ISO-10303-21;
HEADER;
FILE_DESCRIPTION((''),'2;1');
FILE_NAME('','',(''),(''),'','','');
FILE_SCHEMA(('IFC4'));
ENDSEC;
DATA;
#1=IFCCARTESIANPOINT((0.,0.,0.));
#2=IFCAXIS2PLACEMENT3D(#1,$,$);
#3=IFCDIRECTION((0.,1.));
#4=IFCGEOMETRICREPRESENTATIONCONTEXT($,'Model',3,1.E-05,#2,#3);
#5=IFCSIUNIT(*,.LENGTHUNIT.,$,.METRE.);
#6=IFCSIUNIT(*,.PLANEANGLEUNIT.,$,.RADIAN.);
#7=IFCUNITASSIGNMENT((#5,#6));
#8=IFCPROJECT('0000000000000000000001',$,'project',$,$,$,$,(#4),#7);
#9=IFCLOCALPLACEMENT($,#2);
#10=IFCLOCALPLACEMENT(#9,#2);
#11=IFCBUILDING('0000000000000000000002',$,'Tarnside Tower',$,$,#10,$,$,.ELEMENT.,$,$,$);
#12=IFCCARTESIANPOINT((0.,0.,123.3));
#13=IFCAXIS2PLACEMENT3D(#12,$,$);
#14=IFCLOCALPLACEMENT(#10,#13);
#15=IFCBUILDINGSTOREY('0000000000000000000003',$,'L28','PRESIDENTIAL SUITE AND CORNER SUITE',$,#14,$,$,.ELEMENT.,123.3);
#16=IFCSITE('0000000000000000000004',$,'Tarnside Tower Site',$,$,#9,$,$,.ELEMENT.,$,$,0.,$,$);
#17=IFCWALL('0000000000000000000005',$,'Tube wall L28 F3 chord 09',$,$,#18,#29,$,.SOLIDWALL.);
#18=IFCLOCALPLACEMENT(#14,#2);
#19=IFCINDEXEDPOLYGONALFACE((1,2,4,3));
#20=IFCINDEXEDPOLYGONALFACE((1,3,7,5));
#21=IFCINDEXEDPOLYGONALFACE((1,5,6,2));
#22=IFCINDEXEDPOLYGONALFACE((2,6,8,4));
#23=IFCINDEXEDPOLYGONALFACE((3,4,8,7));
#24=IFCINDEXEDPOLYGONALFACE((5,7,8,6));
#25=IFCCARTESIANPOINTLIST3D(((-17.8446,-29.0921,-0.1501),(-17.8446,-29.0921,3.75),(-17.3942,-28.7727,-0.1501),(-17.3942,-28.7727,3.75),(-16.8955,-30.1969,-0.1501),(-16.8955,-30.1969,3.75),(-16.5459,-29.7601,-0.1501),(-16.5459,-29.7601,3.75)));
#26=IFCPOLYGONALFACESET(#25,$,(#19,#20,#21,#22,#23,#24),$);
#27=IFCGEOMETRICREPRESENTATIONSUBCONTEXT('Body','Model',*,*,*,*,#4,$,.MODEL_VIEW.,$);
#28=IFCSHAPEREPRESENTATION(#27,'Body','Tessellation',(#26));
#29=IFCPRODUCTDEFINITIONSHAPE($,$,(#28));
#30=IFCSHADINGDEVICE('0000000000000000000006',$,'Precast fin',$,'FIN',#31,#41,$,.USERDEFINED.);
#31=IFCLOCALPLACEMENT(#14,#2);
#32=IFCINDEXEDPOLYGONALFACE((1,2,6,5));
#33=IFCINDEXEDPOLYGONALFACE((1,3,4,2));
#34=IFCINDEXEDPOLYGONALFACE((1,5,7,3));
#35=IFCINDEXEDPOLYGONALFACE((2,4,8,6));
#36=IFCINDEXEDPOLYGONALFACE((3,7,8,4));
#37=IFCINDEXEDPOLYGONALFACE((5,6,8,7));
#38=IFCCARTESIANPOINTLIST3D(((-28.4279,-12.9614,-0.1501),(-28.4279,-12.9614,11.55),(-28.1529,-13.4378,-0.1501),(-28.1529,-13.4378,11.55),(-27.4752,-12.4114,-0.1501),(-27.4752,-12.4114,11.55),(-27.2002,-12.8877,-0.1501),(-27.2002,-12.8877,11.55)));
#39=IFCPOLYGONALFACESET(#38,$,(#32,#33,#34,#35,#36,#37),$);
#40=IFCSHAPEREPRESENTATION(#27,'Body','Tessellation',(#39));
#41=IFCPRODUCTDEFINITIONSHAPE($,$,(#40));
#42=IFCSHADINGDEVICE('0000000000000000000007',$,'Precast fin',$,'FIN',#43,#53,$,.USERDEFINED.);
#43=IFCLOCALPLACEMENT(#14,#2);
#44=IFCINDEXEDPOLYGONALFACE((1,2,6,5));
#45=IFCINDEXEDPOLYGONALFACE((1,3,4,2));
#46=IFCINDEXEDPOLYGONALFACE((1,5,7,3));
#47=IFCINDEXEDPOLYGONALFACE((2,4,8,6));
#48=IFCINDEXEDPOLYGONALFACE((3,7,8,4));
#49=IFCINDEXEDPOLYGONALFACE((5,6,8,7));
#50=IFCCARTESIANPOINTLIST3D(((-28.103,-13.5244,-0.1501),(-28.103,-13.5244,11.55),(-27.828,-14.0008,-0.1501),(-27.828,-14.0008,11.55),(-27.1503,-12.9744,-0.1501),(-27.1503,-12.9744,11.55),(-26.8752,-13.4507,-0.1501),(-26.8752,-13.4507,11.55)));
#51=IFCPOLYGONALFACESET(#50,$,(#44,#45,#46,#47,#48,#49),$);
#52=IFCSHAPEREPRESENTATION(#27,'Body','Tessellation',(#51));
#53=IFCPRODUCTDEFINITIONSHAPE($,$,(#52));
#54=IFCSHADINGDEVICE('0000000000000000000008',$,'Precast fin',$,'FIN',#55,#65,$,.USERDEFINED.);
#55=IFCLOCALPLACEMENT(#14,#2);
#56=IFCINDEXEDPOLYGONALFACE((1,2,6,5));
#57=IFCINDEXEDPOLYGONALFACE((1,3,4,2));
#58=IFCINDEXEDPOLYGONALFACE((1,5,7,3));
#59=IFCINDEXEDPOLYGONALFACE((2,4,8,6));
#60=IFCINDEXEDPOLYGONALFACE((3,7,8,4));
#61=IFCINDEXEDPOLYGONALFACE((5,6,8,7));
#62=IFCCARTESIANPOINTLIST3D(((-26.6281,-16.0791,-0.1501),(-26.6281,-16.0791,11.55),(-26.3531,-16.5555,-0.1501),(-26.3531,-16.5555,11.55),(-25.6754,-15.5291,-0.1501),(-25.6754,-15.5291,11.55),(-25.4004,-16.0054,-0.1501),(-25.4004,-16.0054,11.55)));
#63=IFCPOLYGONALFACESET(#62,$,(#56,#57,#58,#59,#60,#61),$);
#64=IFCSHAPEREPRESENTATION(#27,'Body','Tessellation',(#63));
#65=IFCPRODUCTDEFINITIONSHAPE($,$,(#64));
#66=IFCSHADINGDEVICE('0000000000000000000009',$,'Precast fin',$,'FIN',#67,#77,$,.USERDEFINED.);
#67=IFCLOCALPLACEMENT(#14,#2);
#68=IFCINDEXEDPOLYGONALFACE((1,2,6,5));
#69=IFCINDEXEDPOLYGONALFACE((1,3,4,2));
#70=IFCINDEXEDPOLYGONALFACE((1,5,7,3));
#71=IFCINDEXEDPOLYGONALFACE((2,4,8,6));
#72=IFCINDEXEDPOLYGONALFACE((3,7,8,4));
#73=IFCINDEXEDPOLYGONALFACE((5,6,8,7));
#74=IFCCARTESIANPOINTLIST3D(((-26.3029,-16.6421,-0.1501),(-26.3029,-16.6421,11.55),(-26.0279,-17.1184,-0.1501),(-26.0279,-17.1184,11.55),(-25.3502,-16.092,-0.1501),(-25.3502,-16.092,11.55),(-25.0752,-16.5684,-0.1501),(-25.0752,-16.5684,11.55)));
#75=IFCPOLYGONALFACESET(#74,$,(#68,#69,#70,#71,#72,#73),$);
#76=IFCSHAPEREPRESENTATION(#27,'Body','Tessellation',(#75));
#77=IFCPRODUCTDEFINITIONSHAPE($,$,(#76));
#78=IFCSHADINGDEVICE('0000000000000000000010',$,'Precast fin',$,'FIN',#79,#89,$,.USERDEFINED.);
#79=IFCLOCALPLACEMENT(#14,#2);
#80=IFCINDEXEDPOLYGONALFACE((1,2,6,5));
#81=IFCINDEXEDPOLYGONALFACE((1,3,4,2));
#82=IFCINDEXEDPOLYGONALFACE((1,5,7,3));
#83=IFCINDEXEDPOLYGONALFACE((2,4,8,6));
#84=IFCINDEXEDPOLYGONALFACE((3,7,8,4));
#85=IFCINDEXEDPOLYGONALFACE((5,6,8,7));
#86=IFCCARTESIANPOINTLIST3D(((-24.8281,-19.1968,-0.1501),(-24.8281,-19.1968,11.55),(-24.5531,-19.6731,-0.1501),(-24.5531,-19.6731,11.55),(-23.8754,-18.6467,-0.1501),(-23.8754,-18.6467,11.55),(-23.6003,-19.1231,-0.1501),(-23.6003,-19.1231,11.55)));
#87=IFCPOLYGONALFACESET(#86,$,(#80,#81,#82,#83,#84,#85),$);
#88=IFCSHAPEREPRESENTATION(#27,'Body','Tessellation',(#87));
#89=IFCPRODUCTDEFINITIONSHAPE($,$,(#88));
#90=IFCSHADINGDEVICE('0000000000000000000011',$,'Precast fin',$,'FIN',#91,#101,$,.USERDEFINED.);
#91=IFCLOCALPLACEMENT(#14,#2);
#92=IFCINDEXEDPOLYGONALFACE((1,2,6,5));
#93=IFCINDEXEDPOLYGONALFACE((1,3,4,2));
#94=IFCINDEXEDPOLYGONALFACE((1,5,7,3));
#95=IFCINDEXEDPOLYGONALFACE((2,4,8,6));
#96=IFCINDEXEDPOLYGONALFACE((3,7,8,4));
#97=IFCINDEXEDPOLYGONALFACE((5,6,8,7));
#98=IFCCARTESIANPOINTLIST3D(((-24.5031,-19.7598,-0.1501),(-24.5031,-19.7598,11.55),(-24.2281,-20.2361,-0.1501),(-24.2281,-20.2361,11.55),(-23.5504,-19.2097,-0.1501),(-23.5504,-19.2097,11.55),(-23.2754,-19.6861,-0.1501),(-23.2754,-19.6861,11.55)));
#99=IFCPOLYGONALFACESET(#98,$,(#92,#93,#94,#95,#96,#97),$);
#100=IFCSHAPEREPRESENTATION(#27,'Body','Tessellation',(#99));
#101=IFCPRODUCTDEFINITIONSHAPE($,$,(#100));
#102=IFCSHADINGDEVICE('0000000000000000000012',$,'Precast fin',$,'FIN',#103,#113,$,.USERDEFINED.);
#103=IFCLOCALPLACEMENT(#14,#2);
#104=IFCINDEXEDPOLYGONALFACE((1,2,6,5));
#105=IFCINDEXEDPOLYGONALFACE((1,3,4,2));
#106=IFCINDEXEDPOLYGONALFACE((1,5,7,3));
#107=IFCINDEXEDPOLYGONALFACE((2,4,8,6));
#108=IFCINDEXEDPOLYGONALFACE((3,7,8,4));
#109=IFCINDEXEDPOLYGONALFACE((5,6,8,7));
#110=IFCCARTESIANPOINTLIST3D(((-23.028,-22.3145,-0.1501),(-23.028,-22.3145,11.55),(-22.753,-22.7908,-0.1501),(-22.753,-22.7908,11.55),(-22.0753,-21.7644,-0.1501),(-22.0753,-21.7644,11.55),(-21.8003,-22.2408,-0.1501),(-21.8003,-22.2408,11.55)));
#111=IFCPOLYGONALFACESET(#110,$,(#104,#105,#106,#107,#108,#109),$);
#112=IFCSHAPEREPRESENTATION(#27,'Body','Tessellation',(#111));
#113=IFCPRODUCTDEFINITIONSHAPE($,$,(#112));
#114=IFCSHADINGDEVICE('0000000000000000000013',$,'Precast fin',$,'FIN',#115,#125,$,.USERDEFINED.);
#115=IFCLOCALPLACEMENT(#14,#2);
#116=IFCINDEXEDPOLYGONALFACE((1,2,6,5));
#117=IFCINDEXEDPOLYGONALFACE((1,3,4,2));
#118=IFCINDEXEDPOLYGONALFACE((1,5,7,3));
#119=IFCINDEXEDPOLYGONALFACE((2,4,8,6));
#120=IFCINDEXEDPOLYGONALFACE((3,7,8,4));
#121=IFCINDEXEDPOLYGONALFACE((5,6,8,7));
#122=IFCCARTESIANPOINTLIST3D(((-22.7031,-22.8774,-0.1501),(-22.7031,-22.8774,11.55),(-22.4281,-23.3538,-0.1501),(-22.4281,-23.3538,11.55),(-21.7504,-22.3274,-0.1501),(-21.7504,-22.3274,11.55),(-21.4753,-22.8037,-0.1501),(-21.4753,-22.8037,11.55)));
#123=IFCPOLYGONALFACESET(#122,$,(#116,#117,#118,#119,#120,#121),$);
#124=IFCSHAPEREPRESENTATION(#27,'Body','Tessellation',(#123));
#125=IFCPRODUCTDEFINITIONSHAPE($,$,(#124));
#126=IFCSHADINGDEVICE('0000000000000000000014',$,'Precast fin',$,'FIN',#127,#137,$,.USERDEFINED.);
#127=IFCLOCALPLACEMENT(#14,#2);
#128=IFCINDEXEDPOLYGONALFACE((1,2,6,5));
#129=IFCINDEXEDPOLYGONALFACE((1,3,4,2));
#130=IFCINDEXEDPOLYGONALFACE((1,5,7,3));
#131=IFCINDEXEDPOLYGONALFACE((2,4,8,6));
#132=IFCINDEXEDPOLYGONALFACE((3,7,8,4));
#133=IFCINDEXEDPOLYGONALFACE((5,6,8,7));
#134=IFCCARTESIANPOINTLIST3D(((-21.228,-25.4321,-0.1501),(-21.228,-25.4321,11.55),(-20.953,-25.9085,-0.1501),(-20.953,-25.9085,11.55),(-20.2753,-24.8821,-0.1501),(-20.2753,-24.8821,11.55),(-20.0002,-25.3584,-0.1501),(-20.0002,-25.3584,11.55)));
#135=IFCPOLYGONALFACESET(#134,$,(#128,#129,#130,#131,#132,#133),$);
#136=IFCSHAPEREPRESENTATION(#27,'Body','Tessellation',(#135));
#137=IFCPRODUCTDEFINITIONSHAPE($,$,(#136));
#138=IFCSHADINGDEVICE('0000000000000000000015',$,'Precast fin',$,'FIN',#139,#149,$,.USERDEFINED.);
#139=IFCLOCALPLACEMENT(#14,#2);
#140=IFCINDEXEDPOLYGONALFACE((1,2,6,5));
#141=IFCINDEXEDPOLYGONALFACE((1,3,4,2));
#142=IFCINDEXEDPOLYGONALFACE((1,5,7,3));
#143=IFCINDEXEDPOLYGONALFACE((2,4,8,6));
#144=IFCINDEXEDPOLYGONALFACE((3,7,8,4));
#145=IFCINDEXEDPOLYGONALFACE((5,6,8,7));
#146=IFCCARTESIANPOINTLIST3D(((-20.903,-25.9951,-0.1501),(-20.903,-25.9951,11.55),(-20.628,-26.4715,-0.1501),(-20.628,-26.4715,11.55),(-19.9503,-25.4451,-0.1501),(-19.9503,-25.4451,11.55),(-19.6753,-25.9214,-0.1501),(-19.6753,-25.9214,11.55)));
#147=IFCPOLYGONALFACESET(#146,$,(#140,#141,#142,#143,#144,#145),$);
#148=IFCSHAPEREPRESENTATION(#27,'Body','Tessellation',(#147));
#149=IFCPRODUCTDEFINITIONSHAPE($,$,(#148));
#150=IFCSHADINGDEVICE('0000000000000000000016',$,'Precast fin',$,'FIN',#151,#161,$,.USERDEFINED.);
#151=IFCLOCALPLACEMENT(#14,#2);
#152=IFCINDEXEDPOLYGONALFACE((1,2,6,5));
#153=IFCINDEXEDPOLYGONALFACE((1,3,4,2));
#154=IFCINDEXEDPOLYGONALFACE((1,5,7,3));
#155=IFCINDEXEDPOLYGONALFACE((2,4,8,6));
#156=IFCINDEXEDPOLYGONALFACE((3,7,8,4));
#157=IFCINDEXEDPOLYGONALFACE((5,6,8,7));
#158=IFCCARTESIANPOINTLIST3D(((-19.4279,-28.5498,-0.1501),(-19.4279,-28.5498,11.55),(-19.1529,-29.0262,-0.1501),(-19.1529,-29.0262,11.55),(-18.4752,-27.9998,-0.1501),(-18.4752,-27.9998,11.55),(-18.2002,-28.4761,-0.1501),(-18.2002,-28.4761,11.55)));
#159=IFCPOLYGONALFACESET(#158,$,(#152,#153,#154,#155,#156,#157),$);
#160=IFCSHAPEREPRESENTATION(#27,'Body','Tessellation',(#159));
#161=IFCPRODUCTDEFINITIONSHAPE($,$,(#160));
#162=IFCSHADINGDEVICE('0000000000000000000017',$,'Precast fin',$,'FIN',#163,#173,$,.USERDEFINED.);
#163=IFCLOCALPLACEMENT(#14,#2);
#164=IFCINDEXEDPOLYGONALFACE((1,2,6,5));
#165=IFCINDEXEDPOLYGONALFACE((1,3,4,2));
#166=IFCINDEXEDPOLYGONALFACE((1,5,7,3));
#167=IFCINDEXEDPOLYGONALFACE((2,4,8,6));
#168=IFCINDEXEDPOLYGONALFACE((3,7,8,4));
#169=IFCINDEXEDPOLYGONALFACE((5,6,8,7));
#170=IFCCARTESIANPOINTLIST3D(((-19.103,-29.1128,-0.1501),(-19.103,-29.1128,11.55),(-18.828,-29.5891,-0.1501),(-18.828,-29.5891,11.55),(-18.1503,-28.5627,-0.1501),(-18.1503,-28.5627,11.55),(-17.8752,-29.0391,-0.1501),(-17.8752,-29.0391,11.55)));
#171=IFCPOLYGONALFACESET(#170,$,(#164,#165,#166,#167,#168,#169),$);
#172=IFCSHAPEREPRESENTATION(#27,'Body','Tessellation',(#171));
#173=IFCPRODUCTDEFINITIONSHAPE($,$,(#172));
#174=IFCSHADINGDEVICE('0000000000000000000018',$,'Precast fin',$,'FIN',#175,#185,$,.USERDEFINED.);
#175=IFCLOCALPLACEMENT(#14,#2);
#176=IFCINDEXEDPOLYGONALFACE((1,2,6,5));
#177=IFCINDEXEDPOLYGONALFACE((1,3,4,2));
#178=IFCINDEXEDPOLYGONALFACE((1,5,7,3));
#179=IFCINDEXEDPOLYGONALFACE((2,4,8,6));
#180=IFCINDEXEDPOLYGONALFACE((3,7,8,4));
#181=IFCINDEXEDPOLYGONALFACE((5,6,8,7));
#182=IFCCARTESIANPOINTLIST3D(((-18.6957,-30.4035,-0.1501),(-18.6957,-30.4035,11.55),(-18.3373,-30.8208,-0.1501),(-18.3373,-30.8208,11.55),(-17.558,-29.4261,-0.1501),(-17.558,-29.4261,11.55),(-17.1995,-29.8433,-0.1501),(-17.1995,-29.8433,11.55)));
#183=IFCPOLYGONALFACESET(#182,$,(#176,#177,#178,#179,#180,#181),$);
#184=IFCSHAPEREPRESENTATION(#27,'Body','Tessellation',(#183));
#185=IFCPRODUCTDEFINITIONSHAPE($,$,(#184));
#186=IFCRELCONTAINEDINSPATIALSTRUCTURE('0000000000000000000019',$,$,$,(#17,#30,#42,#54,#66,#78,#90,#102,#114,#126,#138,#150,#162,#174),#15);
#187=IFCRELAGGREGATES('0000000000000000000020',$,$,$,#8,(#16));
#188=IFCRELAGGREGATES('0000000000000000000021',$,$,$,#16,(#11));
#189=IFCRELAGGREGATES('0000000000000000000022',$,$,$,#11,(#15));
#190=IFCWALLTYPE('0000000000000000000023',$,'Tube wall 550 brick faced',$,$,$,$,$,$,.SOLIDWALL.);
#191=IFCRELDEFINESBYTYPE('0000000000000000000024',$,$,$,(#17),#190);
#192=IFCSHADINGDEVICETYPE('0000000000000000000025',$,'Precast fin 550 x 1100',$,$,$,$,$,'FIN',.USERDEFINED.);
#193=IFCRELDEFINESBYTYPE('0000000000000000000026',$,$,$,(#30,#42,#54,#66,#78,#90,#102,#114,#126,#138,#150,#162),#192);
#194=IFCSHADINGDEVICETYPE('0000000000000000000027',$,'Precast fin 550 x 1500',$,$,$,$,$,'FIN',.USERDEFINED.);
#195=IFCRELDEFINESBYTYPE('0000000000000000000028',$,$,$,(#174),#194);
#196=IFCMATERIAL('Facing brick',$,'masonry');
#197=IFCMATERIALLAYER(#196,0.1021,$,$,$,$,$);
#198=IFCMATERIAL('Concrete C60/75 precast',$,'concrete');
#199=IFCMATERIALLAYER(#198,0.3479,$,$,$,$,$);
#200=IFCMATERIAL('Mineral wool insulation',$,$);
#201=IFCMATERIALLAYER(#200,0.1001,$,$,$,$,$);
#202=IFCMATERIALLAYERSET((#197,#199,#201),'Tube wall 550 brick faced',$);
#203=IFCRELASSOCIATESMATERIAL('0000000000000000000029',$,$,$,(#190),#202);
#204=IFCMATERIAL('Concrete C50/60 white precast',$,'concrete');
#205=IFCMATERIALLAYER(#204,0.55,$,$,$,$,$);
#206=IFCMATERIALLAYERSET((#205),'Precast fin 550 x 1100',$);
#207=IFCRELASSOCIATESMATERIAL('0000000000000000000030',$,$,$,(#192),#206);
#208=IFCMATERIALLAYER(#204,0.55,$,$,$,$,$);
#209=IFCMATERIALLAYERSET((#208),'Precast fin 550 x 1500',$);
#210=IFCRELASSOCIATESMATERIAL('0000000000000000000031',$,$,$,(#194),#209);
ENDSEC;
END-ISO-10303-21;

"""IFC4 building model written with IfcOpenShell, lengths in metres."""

from ifc_helpers import new_model, si_unit, direction, frame, origin, place, context, subcontext, project, spatial, polyline, outline, extrude, material, layer, layer_set, type_object, element, save


model = new_model("IFC4")

# Units and contexts
model_context = context("Model", 3, precision=1e-05, world=origin(), true_north=direction((0.0, 1.0)))
body_context = subcontext(model_context, "Body", "Model", "MODEL_VIEW")
ifc_project = project(units=[si_unit("LENGTHUNIT", "METRE"), si_unit("PLANEANGLEUNIT", "RADIAN")], contexts=[model_context])

# Site, building, storey
site_placement = place(None, origin())
site = spatial("IfcSite", under=ifc_project, at=site_placement, Name="Tarnside Tower Site", CompositionType="ELEMENT", RefElevation=0.0)
building_placement = place(site_placement, origin())
building = spatial("IfcBuilding", under=site, at=building_placement, Name="Tarnside Tower", CompositionType="ELEMENT")
storey_placement = place(building_placement, frame((0.0, 0.0, 123.3)))
storey = spatial("IfcBuildingStorey", under=building, at=storey_placement, Name="L28", Description="PRESIDENTIAL SUITE AND CORNER SUITE", CompositionType="ELEMENT", Elevation=123.3)

# Wall
ifc_material_1 = material(Name="Facing brick", Category="masonry")
ifc_layer_1 = layer(ifc_material_1, 0.1021)
ifc_material_2 = material(Name="Concrete C60/75 precast", Category="concrete")
ifc_layer_2 = layer(ifc_material_2, 0.3479)
ifc_material_3 = material(Name="Mineral wool insulation")
ifc_layer_3 = layer(ifc_material_3, 0.1001)
ifc_layer_set_1 = layer_set([ifc_layer_1, ifc_layer_2, ifc_layer_3], Name="Tube wall 550 brick faced")
wall_type_1 = type_object("IfcWallType", Name="Tube wall 550 brick faced", PredefinedType="SOLIDWALL", material=ifc_layer_set_1)
wall_1_placement = place(storey_placement, frame((-17.6194, -28.9324, -0.1501), z_axis=(0.0, 0.0, 1.0), x_axis=(0.651622, -0.758544, 0.0)))
element("IfcWall", 1, at=wall_1_placement, inside=storey, type_object=wall_type_1, Name="Tube wall L28 F3 chord 09", PredefinedType="SOLIDWALL", context=body_context, shape_type="SweptSolid", body=[
    extrude(outline(polyline([(-0.0256, -0.2749), (1.4309, -0.2749), (1.3274, 0.2749), (0.0256, 0.2749), (-0.0256, -0.2749)])), origin(), (0.0, 0.0, 1.0), 3.9001),
])

# Shading devices
ifc_material_4 = material(Name="Concrete C50/60 white precast", Category="concrete")
ifc_layer_4 = layer(ifc_material_4, 0.55)
ifc_layer_set_2 = layer_set([ifc_layer_4], Name="Precast fin 550 x 1100")
shading_device_type_1 = type_object("IfcShadingDeviceType", Name="Precast fin 550 x 1100", ElementType="FIN", PredefinedType="USERDEFINED", material=ifc_layer_set_2)
for number, where, z_axis, x_axis, name in (
    (2, (-27.3376, -12.6497, -0.1501), (-0.5, 0.866025, 0.0), (-0.866025, -0.5, 0.0), "Precast fin"),
    (3, (-27.0127, -13.2126, -0.1501), (-0.5, 0.866025, 0.0), (-0.866025, -0.5, 0.0), "Precast fin"),
    (4, (-25.5378, -15.7673, -0.1501), (-0.5, 0.866025, 0.0), (-0.866025, -0.5, 0.0), "Precast fin"),
    (5, (-25.2126, -16.3303, -0.1501), (-0.5, 0.866025, 0.0), (-0.866025, -0.5, 0.0), "Precast fin"),
    (6, (-23.7378, -18.885, -0.1501), (-0.5, 0.866025, 0.0), (-0.866025, -0.5, 0.0), "Precast fin"),
    (7, (-23.4128, -19.448, -0.1501), (-0.5, 0.866025, 0.0), (-0.866025, -0.5, 0.0), "Precast fin"),
    (8, (-21.9377, -22.0027, -0.1501), (-0.5, 0.866025, 0.0), (-0.866025, -0.5, 0.0), "Precast fin"),
    (9, (-21.6128, -22.5657, -0.1501), (-0.5, 0.866025, 0.0), (-0.866025, -0.5, 0.0), "Precast fin"),
    (10, (-20.1377, -25.1204, -0.1501), (-0.5, 0.866025, 0.0), (-0.866025, -0.5, 0.0), "Precast fin"),
    (11, (-19.8127, -25.6833, -0.1501), (-0.5, 0.866025, 0.0), (-0.866025, -0.5, 0.0), "Precast fin"),
    (12, (-18.3376, -28.238, -0.1501), (-0.5, 0.866025, 0.0), (-0.866025, -0.5, 0.0), "Precast fin"),
    (13, (-18.0127, -28.801, -0.1501), (-0.5, 0.866025, 0.0), (-0.866025, -0.5, 0.0), "Precast fin"),
):
    element("IfcShadingDevice", number, at=place(storey_placement, frame(where, z_axis=z_axis, x_axis=x_axis)), inside=storey, type_object=shading_device_type_1, Name=name, ObjectType="FIN", PredefinedType="USERDEFINED", context=body_context, shape_type="SweptSolid", body=[
        extrude(outline(polyline([(0.0, 0.0), (1.1001, 0.0), (1.1001, 11.7002), (0.0, 11.7002), (0.0, 0.0)])), frame((0.0, 0.0, -0.2749)), (0.0, 0.0, 1.0), 0.55),
    ])
ifc_layer_5 = layer(ifc_material_4, 0.55)
ifc_layer_set_3 = layer_set([ifc_layer_5], Name="Precast fin 550 x 1500")
shading_device_type_2 = type_object("IfcShadingDeviceType", Name="Precast fin 550 x 1500", ElementType="FIN", PredefinedType="USERDEFINED", material=ifc_layer_set_3)
shading_device_placement = place(storey_placement, frame((-17.3787, -29.6348, -0.1501), z_axis=(-0.651657, 0.758514, 0.0), x_axis=(-0.758514, -0.651657, 0.0)))
element("IfcShadingDevice", 14, at=shading_device_placement, inside=storey, type_object=shading_device_type_2, Name="Precast fin", ObjectType="FIN", PredefinedType="USERDEFINED", context=body_context, shape_type="SweptSolid", body=[
    extrude(outline(polyline([(0.0, 0.0), (1.5, 0.0), (1.5, 11.7002), (0.0, 11.7002), (0.0, 0.0)])), frame((0.0, 0.0, -0.2749)), (0.0, 0.0, 1.0), 0.55),
])

save(model, "model.ifc")
